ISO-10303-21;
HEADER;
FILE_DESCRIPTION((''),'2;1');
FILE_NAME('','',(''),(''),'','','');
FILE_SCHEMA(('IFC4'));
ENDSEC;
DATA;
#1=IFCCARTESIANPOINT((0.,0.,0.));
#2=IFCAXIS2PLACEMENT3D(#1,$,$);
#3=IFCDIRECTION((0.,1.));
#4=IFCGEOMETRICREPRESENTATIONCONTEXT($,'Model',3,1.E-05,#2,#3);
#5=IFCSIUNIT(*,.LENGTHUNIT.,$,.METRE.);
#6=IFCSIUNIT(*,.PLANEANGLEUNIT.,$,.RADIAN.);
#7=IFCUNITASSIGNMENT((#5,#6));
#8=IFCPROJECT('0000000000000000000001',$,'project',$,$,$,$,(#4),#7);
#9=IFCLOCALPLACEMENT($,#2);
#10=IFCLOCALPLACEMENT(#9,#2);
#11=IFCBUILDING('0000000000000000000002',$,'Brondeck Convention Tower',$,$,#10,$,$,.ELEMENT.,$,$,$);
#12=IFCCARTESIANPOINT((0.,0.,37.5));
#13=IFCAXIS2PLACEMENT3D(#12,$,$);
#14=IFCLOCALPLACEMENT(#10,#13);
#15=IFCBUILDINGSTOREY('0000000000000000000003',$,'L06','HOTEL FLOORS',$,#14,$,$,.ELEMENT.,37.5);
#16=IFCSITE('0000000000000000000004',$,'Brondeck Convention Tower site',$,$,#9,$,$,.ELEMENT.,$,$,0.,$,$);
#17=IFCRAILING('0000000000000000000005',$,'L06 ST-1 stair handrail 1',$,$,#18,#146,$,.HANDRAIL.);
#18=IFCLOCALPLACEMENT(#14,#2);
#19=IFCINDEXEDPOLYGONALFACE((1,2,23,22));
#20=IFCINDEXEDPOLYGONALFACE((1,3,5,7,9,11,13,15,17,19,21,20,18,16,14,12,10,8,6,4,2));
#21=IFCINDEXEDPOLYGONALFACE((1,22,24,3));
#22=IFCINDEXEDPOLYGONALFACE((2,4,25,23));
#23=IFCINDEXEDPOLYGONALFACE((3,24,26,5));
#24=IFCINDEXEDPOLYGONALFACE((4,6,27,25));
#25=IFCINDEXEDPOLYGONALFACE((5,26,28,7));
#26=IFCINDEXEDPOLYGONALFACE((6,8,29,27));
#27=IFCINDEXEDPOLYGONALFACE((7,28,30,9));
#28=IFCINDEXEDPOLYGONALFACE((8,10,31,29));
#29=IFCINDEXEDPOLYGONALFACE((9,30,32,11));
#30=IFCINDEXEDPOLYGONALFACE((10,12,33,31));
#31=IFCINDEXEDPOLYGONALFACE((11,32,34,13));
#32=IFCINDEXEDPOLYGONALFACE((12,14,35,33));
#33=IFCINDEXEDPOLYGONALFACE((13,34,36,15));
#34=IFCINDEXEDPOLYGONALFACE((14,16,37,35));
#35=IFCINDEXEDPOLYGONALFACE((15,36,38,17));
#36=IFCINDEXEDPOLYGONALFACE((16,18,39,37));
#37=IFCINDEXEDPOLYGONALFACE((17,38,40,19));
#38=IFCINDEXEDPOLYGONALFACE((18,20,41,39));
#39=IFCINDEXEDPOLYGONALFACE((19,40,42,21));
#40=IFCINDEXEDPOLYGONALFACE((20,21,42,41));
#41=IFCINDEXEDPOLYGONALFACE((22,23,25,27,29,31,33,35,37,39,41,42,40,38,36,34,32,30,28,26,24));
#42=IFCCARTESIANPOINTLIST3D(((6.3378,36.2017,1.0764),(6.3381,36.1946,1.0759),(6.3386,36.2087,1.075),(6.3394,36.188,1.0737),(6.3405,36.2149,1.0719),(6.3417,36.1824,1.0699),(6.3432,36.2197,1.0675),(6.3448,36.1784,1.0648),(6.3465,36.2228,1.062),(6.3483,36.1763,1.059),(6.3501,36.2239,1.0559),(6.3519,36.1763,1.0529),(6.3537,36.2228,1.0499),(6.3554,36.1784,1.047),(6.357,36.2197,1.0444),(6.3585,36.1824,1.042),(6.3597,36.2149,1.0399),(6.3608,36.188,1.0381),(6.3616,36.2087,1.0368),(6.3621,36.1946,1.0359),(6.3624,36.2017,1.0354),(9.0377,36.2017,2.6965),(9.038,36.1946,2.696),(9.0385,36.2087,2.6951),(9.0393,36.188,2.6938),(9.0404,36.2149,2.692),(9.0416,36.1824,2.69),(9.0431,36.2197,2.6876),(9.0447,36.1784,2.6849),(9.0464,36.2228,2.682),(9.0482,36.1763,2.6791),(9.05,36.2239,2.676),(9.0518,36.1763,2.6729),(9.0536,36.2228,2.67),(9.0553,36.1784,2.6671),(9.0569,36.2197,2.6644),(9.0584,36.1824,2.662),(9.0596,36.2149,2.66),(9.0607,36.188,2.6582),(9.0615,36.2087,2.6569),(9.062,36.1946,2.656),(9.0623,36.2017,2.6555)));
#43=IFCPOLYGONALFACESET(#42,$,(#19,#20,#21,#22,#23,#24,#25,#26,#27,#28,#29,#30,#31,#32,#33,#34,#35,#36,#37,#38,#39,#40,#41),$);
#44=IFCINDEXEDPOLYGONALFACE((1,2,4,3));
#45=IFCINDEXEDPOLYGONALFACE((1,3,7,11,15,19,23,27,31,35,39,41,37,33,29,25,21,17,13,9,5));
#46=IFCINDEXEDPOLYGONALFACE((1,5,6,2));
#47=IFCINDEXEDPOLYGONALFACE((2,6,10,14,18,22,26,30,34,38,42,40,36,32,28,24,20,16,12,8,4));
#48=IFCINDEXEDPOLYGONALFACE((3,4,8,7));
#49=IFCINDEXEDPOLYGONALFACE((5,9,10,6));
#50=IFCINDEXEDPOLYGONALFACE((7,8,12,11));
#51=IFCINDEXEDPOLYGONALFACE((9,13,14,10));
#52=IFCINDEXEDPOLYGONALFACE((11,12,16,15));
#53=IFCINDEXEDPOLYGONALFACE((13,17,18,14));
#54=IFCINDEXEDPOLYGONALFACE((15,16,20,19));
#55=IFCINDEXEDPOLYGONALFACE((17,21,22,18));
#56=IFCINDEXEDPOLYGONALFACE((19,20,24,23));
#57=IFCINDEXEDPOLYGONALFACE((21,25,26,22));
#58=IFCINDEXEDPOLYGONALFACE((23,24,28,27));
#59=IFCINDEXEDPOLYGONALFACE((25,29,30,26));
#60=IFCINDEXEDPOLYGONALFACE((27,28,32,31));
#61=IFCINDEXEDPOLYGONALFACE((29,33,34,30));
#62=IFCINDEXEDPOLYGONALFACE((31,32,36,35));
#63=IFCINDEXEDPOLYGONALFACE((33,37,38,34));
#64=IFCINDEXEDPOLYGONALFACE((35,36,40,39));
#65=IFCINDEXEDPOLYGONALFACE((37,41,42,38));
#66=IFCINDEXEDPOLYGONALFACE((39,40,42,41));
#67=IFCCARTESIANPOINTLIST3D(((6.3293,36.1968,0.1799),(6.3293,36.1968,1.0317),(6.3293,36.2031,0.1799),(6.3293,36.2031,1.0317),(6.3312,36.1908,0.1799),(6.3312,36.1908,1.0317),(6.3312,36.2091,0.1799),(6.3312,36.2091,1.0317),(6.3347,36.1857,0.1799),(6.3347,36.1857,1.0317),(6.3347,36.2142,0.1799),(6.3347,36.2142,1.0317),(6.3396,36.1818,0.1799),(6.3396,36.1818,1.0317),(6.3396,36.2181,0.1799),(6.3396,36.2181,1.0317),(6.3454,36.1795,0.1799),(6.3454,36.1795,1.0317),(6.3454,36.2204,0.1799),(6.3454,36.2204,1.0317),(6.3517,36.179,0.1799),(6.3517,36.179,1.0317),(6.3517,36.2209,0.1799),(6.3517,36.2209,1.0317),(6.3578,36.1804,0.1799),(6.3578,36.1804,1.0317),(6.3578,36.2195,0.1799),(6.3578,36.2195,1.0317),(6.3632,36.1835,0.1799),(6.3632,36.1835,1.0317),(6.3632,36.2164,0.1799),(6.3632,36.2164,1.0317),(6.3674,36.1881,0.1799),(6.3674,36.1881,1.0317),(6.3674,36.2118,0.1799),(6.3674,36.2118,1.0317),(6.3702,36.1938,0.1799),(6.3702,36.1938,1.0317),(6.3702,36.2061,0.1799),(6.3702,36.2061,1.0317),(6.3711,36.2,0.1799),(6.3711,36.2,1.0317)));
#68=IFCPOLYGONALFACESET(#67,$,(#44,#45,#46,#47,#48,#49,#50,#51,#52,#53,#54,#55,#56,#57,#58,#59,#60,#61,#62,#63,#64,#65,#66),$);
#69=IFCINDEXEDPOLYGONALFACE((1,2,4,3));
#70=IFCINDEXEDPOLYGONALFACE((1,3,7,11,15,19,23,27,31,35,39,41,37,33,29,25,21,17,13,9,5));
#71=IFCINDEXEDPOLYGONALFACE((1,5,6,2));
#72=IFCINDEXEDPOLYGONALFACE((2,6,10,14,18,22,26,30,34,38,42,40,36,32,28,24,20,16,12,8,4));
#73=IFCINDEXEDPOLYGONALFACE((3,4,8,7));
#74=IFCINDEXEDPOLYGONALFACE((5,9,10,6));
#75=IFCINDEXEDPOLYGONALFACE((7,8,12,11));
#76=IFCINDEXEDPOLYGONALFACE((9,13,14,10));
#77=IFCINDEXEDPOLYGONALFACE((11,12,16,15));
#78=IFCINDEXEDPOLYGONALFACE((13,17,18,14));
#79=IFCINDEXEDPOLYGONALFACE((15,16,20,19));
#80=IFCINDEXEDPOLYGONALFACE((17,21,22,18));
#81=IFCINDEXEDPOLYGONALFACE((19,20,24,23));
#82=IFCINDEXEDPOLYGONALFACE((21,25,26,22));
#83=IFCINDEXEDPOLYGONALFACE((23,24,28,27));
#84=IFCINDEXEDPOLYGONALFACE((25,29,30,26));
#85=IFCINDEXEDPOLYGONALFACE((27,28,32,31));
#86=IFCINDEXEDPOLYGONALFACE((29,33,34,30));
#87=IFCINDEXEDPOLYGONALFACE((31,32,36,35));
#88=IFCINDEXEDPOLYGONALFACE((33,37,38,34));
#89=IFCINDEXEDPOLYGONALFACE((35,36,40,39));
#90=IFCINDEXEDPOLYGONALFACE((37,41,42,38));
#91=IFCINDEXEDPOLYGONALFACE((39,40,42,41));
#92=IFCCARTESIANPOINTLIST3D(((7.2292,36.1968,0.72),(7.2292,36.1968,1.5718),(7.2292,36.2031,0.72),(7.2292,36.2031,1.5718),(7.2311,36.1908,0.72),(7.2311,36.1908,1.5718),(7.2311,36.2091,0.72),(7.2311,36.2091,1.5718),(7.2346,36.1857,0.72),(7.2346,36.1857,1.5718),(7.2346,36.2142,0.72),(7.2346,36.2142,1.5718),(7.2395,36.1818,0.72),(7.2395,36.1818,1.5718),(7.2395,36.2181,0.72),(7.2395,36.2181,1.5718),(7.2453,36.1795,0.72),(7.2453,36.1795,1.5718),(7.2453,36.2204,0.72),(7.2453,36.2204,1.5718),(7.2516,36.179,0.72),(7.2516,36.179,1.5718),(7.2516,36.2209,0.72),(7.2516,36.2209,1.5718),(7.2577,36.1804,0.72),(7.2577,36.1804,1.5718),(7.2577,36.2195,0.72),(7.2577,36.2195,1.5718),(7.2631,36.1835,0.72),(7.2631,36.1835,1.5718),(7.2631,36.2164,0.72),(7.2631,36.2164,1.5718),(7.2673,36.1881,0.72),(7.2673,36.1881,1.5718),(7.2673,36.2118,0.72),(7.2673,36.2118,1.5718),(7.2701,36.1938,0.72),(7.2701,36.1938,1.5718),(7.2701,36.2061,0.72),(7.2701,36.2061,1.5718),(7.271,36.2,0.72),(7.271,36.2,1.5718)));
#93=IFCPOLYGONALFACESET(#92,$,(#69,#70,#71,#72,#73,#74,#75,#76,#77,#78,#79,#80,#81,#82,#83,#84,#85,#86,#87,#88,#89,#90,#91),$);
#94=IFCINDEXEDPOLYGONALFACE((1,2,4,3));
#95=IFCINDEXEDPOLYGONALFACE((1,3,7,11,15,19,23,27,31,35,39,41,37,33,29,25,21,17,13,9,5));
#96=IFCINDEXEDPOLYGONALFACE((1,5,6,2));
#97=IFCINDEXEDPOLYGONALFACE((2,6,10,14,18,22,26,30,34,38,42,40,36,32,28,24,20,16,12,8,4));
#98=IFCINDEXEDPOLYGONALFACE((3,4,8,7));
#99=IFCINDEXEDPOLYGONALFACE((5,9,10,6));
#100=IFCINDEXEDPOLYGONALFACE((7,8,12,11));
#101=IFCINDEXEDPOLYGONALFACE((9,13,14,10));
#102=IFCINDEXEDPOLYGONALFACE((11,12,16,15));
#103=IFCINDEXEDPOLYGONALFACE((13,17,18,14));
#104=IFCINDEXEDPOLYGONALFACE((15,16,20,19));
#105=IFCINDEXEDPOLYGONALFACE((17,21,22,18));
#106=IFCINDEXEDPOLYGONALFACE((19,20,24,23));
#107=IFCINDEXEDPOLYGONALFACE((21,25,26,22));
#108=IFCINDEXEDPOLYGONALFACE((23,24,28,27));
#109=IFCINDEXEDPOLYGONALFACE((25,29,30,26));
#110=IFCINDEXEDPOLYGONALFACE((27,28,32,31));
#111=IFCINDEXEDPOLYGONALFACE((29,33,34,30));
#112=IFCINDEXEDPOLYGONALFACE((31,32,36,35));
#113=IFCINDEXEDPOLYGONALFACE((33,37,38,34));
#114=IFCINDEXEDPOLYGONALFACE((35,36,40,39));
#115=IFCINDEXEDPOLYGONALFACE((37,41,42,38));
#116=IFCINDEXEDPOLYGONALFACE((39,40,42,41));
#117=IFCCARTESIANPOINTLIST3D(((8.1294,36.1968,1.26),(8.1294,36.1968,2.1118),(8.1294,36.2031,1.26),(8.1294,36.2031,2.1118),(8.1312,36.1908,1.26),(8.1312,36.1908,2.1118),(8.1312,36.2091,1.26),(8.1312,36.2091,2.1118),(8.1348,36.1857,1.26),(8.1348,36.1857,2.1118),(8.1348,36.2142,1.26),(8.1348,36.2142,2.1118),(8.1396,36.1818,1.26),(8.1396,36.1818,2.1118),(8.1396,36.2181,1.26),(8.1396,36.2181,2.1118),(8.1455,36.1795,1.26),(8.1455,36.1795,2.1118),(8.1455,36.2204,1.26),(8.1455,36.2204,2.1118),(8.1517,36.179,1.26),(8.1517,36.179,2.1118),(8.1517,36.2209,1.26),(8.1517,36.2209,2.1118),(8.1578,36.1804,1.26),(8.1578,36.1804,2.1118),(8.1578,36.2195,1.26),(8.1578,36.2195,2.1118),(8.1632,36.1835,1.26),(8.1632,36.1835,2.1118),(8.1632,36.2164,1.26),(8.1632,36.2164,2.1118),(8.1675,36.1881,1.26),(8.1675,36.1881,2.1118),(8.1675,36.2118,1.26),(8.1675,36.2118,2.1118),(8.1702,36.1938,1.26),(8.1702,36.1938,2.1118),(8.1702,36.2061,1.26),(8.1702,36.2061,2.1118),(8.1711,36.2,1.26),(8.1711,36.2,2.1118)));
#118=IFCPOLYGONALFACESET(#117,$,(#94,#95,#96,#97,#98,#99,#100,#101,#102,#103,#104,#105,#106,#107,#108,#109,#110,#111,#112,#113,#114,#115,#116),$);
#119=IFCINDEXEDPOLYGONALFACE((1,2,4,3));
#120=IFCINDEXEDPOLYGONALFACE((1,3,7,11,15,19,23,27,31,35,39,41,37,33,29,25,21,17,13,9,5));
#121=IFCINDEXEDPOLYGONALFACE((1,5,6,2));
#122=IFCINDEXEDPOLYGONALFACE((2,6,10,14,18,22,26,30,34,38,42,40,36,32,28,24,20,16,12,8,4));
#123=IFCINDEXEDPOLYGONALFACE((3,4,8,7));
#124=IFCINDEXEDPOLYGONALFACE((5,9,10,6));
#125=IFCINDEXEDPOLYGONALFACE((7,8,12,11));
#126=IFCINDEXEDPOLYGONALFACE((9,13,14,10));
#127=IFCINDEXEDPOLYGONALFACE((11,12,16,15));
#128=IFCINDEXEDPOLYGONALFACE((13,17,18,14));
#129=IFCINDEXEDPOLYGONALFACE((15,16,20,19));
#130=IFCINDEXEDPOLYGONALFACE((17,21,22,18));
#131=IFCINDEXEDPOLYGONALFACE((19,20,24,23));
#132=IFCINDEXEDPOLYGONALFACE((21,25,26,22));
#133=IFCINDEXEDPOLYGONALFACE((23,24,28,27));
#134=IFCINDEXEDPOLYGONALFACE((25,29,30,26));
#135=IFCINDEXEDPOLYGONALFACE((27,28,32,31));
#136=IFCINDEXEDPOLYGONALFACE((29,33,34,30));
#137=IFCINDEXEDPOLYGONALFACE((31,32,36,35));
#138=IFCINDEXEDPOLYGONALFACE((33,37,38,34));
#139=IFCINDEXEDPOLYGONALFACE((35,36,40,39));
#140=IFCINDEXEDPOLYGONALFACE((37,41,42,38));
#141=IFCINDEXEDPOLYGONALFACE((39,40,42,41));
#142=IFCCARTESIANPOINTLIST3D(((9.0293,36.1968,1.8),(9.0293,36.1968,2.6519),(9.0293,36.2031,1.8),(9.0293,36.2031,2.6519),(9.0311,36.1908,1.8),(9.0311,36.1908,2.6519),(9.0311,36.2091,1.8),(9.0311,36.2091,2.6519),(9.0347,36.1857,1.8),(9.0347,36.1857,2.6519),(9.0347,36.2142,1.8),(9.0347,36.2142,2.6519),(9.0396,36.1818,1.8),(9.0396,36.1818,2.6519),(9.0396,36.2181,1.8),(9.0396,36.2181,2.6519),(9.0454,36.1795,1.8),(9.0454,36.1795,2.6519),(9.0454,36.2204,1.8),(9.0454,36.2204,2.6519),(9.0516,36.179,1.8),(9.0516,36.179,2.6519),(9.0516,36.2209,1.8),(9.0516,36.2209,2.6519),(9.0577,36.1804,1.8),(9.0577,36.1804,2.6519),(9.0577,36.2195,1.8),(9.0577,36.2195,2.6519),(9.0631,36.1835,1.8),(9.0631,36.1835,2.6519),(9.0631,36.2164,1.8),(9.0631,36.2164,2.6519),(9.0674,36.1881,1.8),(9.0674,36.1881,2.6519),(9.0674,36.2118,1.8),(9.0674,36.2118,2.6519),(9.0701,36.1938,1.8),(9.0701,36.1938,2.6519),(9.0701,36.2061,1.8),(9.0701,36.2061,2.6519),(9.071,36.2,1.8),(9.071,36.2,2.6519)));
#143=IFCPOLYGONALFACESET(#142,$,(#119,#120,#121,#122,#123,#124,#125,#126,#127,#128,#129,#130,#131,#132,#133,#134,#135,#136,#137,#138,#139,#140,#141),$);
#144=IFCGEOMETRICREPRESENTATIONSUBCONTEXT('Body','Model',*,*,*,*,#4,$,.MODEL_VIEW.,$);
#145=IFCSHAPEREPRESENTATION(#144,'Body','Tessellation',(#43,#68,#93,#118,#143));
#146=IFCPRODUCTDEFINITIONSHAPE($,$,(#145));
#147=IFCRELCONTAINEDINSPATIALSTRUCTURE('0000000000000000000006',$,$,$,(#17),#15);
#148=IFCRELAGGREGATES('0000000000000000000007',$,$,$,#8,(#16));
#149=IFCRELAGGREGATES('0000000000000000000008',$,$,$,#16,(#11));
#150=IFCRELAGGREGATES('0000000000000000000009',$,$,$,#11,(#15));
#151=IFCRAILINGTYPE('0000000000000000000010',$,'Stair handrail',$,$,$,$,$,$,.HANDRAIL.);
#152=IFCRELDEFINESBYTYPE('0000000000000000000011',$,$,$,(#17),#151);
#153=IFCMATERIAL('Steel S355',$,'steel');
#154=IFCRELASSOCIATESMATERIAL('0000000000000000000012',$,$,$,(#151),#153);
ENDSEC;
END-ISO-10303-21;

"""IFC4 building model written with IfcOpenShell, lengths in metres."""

from ifc_helpers import new_model, si_unit, direction, frame, origin, origin_2d, place, context, subcontext, project, spatial, circle, extrude, material, type_object, element, save


model = new_model("IFC4")

# Units and contexts
model_context = context("Model", 3, precision=1e-05, world=origin(), true_north=direction((0.0, 1.0)))
body_context = subcontext(model_context, "Body", "Model", "MODEL_VIEW")
ifc_project = project(units=[si_unit("LENGTHUNIT", "METRE"), si_unit("PLANEANGLEUNIT", "RADIAN")], contexts=[model_context])

# Site, building, storey
site_placement = place(None, origin())
site = spatial("IfcSite", under=ifc_project, at=site_placement, Name="Brondeck Convention Tower site", CompositionType="ELEMENT", RefElevation=0.0)
building_placement = place(site_placement, origin())
building = spatial("IfcBuilding", under=site, at=building_placement, Name="Brondeck Convention Tower", CompositionType="ELEMENT")
storey_placement = place(building_placement, frame((0.0, 0.0, 37.5)))
storey = spatial("IfcBuildingStorey", under=building, at=storey_placement, Name="L06", Description="HOTEL FLOORS", CompositionType="ELEMENT", Elevation=37.5)

# Railing
ifc_material_1 = material(Name="Steel S355", Category="steel")
railing_type_1 = type_object("IfcRailingType", Name="Stair handrail", PredefinedType="HANDRAIL", material=ifc_material_1)
railing_1_placement = place(storey_placement, frame((6.3501, 36.2, 0.1799)))
element("IfcRailing", 1, at=railing_1_placement, inside=storey, type_object=railing_type_1, Name="L06 ST-1 stair handrail 1", PredefinedType="HANDRAIL", context=body_context, shape_type="SweptSolid", body=[
    extrude(circle(Radius=0.0239, at=origin_2d()), frame((0.0, 0.0, 0.876), z_axis=(0.857472, 0.0, 0.51453), x_axis=(0.0, 1.0, 0.0)), (0.0, 0.0, 1.0), 3.1487),
    extrude(circle(Radius=0.021, at=origin_2d()), origin(), (0.0, 0.0, 1.0), 0.8518),
    extrude(circle(Radius=0.021, at=origin_2d()), frame((0.8999, 0.0, 0.54)), (0.0, 0.0, 1.0), 0.8518),
    extrude(circle(Radius=0.021, at=origin_2d()), frame((1.8, 0.0, 1.0801)), (0.0, 0.0, 1.0), 0.8518),
    extrude(circle(Radius=0.021, at=origin_2d()), frame((2.7, 0.0, 1.6201)), (0.0, 0.0, 1.0), 0.8518),
])

save(model, "model.ifc")
